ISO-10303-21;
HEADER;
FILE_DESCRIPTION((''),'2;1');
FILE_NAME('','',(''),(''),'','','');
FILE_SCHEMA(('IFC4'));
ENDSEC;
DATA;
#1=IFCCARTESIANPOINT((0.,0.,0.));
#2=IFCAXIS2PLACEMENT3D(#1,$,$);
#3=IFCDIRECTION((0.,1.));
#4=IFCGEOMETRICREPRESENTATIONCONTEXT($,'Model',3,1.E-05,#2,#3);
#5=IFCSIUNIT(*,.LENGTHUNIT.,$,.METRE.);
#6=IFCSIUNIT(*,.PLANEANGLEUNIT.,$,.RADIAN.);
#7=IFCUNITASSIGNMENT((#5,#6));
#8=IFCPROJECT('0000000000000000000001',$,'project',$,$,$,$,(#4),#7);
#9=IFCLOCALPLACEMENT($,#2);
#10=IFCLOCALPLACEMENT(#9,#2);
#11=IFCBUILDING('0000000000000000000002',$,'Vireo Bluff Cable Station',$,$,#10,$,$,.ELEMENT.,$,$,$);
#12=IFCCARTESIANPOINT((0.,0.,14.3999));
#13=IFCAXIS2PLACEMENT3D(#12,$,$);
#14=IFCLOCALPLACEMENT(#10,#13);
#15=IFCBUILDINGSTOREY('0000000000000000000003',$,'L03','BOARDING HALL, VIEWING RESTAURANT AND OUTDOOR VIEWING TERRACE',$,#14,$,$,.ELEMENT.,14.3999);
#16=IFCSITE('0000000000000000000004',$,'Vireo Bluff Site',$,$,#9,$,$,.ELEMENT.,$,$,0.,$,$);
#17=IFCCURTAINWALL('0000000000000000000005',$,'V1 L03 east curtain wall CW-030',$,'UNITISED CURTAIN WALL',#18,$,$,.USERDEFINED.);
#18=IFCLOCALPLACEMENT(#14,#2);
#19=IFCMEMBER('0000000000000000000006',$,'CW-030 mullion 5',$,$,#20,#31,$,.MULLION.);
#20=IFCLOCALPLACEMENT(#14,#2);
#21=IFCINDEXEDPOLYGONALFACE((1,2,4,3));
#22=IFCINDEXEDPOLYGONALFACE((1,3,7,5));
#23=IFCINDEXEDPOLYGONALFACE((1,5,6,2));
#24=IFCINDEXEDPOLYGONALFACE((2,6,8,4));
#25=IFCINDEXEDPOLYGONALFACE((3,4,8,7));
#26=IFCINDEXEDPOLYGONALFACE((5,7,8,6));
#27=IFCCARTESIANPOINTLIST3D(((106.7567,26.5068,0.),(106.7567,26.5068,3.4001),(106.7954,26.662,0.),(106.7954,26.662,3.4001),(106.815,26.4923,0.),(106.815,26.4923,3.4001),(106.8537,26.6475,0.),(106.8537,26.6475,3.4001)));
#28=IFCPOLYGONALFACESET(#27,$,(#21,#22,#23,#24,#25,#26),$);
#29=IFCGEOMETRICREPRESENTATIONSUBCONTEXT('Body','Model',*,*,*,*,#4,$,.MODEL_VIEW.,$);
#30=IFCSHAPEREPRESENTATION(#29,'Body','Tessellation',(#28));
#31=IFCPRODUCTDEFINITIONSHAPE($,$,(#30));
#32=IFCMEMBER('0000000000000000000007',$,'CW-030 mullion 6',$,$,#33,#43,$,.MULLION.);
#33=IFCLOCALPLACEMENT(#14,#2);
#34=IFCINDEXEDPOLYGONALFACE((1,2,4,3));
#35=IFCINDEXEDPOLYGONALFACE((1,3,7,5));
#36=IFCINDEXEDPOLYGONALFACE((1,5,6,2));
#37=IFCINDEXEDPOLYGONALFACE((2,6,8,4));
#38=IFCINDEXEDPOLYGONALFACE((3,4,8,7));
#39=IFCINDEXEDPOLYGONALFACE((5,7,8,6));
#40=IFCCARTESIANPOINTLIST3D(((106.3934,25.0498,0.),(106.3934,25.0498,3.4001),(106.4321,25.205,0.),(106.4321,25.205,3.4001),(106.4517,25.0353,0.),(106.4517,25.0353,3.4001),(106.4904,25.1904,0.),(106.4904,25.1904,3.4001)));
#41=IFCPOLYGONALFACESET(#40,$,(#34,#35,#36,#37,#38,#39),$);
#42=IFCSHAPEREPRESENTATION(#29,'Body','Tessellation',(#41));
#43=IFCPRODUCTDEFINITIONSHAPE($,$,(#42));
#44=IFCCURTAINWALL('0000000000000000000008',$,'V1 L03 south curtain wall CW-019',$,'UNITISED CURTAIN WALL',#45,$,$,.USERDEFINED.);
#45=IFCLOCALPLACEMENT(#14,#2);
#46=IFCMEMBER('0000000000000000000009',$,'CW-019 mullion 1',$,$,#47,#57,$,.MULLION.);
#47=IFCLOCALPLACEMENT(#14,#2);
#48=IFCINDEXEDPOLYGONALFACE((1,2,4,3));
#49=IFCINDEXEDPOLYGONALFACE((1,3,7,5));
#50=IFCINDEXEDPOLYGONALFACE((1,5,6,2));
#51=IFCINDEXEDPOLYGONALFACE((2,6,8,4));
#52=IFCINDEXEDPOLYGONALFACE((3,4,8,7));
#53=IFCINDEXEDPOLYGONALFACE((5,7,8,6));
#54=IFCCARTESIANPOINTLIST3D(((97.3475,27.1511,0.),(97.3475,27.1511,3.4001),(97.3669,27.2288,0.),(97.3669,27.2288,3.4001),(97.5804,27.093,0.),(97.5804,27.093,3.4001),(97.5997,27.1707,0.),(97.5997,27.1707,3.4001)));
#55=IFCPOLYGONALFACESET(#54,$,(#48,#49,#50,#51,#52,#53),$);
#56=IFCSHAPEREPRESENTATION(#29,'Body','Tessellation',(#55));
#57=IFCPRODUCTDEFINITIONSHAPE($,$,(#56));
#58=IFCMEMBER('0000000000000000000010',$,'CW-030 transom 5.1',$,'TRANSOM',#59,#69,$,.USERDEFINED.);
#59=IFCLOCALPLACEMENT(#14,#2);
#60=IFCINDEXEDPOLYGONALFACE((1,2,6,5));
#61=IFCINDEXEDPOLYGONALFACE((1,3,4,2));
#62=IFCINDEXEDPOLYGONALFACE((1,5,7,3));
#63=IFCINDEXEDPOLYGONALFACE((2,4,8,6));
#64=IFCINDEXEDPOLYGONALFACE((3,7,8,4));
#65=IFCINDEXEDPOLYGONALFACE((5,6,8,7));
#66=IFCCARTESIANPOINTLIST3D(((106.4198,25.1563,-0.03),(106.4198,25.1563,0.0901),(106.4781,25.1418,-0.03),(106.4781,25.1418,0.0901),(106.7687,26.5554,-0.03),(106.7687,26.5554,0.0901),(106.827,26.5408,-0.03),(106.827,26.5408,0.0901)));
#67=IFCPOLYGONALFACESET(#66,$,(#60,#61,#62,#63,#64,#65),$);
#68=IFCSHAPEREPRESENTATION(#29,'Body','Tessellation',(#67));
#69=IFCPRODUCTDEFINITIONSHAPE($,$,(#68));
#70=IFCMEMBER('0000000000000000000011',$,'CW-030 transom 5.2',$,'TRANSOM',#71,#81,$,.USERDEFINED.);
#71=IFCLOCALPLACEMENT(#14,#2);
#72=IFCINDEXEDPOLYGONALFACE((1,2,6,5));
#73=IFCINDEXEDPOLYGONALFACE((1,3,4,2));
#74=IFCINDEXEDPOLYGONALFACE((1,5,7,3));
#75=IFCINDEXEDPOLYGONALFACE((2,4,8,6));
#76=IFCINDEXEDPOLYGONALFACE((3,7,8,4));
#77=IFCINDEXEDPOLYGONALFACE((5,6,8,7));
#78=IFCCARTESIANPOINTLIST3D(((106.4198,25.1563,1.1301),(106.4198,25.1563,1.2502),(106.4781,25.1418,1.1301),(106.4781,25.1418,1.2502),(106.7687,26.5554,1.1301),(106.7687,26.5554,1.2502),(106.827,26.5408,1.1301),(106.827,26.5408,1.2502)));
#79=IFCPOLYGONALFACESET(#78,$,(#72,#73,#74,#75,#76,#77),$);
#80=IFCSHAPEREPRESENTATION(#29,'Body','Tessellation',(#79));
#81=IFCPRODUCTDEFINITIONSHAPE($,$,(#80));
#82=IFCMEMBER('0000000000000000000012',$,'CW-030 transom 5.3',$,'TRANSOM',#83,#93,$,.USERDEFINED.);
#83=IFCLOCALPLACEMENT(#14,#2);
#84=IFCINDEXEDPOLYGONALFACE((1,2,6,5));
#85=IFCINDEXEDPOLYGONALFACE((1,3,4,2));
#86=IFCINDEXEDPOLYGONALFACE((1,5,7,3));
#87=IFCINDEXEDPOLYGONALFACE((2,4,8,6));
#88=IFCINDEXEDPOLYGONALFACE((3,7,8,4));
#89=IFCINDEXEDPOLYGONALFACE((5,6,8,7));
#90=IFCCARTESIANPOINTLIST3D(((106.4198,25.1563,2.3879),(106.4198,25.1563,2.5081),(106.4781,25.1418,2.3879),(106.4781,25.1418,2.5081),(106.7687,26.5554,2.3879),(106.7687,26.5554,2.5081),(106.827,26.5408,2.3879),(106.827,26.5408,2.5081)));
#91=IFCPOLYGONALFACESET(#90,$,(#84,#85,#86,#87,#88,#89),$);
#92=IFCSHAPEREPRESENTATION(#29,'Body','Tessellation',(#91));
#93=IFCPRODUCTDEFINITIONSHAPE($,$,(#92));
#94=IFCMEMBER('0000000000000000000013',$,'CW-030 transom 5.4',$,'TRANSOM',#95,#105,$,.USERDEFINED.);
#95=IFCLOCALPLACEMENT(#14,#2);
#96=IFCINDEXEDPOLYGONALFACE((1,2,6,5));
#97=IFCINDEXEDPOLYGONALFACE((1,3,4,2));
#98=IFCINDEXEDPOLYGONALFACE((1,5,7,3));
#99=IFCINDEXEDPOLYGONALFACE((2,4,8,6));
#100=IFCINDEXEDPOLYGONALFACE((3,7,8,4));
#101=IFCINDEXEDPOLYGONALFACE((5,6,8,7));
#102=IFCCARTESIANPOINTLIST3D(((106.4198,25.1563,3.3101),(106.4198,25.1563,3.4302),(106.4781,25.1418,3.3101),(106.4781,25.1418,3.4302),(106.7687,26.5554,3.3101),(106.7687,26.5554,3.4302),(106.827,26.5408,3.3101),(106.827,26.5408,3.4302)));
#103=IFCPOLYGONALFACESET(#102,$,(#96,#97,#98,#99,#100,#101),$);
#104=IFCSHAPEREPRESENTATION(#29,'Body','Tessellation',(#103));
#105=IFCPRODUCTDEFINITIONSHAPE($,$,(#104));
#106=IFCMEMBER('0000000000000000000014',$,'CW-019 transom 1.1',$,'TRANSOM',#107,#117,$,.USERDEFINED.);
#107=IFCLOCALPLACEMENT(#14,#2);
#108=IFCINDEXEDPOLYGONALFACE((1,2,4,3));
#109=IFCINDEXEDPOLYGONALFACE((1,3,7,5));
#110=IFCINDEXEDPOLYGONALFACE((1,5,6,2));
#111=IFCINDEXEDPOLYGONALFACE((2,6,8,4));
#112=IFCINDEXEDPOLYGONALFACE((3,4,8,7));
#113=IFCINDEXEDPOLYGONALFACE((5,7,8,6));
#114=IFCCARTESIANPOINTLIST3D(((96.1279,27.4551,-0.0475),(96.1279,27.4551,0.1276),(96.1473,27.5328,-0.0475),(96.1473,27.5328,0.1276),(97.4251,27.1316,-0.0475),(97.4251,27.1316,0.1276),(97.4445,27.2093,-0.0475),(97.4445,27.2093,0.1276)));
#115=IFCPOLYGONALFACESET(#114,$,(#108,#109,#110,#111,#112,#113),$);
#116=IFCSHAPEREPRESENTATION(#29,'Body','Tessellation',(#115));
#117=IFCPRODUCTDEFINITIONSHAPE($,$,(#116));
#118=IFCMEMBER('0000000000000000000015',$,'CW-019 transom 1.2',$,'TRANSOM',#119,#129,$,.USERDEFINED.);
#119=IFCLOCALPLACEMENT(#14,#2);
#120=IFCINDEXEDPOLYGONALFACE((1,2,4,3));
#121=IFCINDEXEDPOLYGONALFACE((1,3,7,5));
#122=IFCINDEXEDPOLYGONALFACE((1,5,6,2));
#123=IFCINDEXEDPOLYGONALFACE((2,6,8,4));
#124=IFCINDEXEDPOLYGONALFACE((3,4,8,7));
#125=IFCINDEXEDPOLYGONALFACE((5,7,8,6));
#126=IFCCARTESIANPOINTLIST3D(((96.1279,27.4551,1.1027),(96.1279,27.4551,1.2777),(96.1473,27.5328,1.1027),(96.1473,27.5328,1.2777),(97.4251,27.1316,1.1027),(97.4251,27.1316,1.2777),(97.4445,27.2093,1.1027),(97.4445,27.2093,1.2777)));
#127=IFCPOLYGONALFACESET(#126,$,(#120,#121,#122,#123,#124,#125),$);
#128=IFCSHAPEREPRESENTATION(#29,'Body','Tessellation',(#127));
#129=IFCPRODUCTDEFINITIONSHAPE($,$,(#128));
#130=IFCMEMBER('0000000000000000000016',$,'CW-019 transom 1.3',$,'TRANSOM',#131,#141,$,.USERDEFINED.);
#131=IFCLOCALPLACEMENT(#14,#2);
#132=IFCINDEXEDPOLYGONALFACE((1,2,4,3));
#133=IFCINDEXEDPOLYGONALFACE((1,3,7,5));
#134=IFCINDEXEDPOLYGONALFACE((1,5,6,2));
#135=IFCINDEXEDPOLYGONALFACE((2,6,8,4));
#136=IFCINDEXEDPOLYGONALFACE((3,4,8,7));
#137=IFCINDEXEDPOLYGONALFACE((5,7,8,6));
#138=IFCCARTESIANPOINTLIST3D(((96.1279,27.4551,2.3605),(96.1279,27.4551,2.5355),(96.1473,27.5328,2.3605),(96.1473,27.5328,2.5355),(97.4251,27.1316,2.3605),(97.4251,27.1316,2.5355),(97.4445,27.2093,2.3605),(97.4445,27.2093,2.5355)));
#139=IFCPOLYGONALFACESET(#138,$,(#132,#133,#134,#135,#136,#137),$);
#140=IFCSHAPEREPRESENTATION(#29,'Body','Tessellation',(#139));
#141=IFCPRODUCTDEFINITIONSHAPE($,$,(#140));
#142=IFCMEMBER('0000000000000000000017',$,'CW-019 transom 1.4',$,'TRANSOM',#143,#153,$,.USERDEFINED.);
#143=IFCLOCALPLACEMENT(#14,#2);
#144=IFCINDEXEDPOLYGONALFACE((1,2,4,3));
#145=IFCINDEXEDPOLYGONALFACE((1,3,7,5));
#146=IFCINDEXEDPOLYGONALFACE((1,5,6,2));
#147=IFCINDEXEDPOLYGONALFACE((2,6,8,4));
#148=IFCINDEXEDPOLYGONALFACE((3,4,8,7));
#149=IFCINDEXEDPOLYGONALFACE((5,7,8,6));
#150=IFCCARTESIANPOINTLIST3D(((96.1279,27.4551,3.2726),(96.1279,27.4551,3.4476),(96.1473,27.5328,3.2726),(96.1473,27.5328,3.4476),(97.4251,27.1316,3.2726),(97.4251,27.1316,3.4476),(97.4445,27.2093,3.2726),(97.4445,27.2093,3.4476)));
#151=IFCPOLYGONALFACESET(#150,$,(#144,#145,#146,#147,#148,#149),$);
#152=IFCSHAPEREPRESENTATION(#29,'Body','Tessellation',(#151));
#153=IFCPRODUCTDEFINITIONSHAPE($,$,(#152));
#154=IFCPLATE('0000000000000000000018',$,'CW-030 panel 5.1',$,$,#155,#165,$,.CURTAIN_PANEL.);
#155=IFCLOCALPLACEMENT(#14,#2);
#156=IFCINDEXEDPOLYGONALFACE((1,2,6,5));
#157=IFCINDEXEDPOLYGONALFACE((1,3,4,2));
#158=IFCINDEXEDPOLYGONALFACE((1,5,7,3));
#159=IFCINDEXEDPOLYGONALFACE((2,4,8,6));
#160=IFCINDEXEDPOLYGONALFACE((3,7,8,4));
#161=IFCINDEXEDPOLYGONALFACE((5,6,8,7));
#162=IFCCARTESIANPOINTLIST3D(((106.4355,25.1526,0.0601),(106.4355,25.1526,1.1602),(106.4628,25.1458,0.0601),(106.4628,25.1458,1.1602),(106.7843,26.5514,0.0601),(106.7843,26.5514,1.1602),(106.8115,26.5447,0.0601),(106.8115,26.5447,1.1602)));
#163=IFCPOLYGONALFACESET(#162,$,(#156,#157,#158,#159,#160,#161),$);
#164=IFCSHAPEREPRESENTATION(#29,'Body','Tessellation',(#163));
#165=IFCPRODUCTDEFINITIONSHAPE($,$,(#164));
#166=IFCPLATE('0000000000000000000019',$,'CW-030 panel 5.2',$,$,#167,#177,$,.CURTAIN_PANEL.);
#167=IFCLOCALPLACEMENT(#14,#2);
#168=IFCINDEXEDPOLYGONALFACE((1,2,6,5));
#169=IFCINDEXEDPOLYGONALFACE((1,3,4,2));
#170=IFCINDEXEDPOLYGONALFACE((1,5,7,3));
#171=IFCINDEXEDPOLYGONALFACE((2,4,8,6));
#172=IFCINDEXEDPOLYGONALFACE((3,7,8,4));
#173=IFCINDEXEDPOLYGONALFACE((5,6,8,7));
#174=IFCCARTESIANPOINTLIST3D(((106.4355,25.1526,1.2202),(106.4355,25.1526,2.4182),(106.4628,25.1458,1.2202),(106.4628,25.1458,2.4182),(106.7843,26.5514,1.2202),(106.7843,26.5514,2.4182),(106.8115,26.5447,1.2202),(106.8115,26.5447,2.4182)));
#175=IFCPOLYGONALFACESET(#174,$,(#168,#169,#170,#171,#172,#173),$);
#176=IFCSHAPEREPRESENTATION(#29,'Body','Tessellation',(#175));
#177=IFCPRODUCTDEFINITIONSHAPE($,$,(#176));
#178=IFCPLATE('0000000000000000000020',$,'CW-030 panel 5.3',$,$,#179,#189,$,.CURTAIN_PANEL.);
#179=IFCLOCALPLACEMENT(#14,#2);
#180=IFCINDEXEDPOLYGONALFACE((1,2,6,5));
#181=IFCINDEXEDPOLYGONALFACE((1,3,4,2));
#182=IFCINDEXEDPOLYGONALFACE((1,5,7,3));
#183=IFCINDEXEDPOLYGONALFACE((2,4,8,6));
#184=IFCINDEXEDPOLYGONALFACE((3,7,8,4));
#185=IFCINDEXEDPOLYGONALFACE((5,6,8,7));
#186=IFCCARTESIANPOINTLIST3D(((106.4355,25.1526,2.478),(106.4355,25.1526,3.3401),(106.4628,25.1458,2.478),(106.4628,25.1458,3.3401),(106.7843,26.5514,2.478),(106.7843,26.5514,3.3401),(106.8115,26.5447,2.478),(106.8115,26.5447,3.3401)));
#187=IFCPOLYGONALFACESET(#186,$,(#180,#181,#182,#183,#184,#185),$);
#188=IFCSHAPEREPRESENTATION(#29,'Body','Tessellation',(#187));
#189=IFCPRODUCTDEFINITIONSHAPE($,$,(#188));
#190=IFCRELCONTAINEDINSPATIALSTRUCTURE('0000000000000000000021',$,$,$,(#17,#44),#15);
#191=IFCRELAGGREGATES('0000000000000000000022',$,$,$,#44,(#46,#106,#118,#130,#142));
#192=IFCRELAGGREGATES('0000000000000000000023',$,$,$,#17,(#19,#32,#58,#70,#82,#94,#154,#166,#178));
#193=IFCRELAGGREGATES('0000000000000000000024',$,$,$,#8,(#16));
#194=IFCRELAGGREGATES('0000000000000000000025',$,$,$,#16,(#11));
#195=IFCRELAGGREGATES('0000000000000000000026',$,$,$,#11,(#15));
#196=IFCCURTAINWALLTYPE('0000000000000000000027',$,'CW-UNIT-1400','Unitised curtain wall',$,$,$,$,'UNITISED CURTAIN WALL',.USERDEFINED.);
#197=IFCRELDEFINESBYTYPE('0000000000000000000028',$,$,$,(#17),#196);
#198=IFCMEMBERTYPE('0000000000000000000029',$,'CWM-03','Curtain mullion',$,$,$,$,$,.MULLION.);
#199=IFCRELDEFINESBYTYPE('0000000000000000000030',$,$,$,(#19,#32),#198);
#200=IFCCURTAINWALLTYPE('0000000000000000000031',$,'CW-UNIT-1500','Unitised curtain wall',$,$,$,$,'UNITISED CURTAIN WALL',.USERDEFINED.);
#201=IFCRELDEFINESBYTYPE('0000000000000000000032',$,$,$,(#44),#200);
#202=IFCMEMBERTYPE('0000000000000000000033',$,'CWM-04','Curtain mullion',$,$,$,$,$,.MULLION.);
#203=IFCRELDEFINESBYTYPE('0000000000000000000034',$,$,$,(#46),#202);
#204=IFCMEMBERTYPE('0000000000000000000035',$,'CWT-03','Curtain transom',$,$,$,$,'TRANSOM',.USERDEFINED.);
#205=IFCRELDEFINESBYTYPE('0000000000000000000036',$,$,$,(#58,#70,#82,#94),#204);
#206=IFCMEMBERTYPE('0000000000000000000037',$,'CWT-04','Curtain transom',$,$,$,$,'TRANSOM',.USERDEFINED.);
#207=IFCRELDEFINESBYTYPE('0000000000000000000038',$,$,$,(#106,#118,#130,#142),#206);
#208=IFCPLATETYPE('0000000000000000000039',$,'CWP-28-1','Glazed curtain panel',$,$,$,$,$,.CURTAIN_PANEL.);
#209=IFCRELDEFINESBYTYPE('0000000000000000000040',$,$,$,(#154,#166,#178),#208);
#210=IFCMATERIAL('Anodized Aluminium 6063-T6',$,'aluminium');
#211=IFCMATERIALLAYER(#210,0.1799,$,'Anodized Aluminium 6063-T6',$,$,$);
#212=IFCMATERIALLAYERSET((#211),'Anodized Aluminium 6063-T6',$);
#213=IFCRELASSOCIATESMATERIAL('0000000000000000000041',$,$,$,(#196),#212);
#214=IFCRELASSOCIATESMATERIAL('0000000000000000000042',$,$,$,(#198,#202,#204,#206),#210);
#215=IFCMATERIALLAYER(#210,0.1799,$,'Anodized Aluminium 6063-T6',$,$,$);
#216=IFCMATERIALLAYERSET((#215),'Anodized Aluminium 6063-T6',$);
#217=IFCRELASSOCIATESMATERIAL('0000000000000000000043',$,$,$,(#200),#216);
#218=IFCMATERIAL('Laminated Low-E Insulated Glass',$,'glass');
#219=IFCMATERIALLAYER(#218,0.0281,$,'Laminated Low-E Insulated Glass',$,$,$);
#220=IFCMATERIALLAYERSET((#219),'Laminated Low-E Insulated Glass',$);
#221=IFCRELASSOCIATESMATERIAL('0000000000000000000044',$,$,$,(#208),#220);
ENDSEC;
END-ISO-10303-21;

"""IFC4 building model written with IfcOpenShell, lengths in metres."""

from ifc_helpers import new_model, si_unit, direction, frame, origin, origin_2d, place, context, subcontext, project, spatial, rectangle, extrude, material, layer, layer_set, material_profile, profile_set, type_object, element, aggregate, save


model = new_model("IFC4")

# Units and contexts
model_context = context("Model", 3, precision=1e-05, world=origin(), true_north=direction((0.0, 1.0)))
body_context = subcontext(model_context, "Body", "Model", "MODEL_VIEW")
ifc_project = project(units=[si_unit("LENGTHUNIT", "METRE"), si_unit("PLANEANGLEUNIT", "RADIAN")], contexts=[model_context])

# Site, building, storey
site_placement = place(None, origin())
site = spatial("IfcSite", under=ifc_project, at=site_placement, Name="Vireo Bluff Site", CompositionType="ELEMENT", RefElevation=0.0)
building_placement = place(site_placement, origin())
building = spatial("IfcBuilding", under=site, at=building_placement, Name="Vireo Bluff Cable Station", CompositionType="ELEMENT")
storey_placement = place(building_placement, frame((0.0, 0.0, 14.3999)))
storey = spatial("IfcBuildingStorey", under=building, at=storey_placement, Name="L03", Description="BOARDING HALL, VIEWING RESTAURANT AND OUTDOOR VIEWING TERRACE", CompositionType="ELEMENT", Elevation=14.3999)

# Curtain wall, members
ifc_material_1 = material(Name="Anodized Aluminium 6063-T6", Category="aluminium")
ifc_layer_1 = layer(ifc_material_1, 0.1799, Name="Anodized Aluminium 6063-T6")
ifc_layer_set_1 = layer_set([ifc_layer_1], Name="Anodized Aluminium 6063-T6")
curtain_wall_type_1 = type_object("IfcCurtainWallType", Name="CW-UNIT-1400", Description="Unitised curtain wall", ElementType="UNITISED CURTAIN WALL", PredefinedType="USERDEFINED", material=ifc_layer_set_1)
curtain_wall_1_placement = place(storey_placement, origin())
curtain_wall_1 = element("IfcCurtainWall", 1, at=curtain_wall_1_placement, inside=storey, type_object=curtain_wall_type_1, Name="V1 L03 east curtain wall CW-030", ObjectType="UNITISED CURTAIN WALL", PredefinedType="USERDEFINED")
ifc_material_profile_1 = material_profile(ifc_material_1, rectangle(XDim=0.0601, YDim=0.1599, at=origin_2d()), Name="ALU-M-60X160")
ifc_profile_set_1 = profile_set([ifc_material_profile_1], Name="Anodized Aluminium 6063-T6")
member_type_1 = type_object("IfcMemberType", Name="CWM-03", Description="Curtain mullion", PredefinedType="MULLION", material=ifc_profile_set_1)
member_1_placement = place(storey_placement, frame((106.8052, 26.5771, 0.0), z_axis=(0.0, 0.0, 1.0), x_axis=(0.970296, -0.241922, 0.0)))
member_1 = element("IfcMember", 2, at=member_1_placement, type_object=member_type_1, Name="CW-030 mullion 5", PredefinedType="MULLION", context=body_context, shape_type="SweptSolid", body=[
    extrude(rectangle(XDim=0.0601, YDim=0.1599, at=origin_2d()), origin(), (0.0, 0.0, 1.0), 3.4001),
])
member_2_placement = place(storey_placement, frame((106.4419, 25.1201, 0.0), z_axis=(0.0, 0.0, 1.0), x_axis=(0.970296, -0.241922, 0.0)))
member_2 = element("IfcMember", 3, at=member_2_placement, type_object=member_type_1, Name="CW-030 mullion 6", PredefinedType="MULLION", context=body_context, shape_type="SweptSolid", body=[
    extrude(rectangle(XDim=0.0601, YDim=0.1599, at=origin_2d()), origin(), (0.0, 0.0, 1.0), 3.4001),
])

# Curtain wall, member
ifc_layer_2 = layer(ifc_material_1, 0.1799, Name="Anodized Aluminium 6063-T6")
ifc_layer_set_2 = layer_set([ifc_layer_2], Name="Anodized Aluminium 6063-T6")
curtain_wall_type_2 = type_object("IfcCurtainWallType", Name="CW-UNIT-1500", Description="Unitised curtain wall", ElementType="UNITISED CURTAIN WALL", PredefinedType="USERDEFINED", material=ifc_layer_set_2)
curtain_wall_2_placement = place(storey_placement, origin())
curtain_wall_2 = element("IfcCurtainWall", 4, at=curtain_wall_2_placement, inside=storey, type_object=curtain_wall_type_2, Name="V1 L03 south curtain wall CW-019", ObjectType="UNITISED CURTAIN WALL", PredefinedType="USERDEFINED")
ifc_material_profile_2 = material_profile(ifc_material_1, rectangle(XDim=0.0801, YDim=0.24, at=origin_2d()), Name="ALU-M-80X240")
ifc_profile_set_2 = profile_set([ifc_material_profile_2], Name="Anodized Aluminium 6063-T6")
member_type_2 = type_object("IfcMemberType", Name="CWM-04", Description="Curtain mullion", PredefinedType="MULLION", material=ifc_profile_set_2)
member_3_placement = place(storey_placement, frame((97.4736, 27.1609, 0.0), z_axis=(0.0, 0.0, 1.0), x_axis=(-0.241922, -0.970296, 0.0)))
member_3 = element("IfcMember", 5, at=member_3_placement, type_object=member_type_2, Name="CW-019 mullion 1", PredefinedType="MULLION", context=body_context, shape_type="SweptSolid", body=[
    extrude(rectangle(XDim=0.0801, YDim=0.24, at=origin_2d()), origin(), (0.0, 0.0, 1.0), 3.4001),
])

# Members
ifc_material_profile_3 = material_profile(ifc_material_1, rectangle(XDim=0.0601, YDim=0.1201, at=origin_2d()), Name="ALU-T-60X120")
ifc_profile_set_3 = profile_set([ifc_material_profile_3], Name="Anodized Aluminium 6063-T6")
member_type_3 = type_object("IfcMemberType", Name="CWT-03", Description="Curtain transom", ElementType="TRANSOM", PredefinedType="USERDEFINED", material=ifc_profile_set_3)
member_4_placement = place(storey_placement, frame((106.7979, 26.5481, 0.03), z_axis=(-0.241978, -0.970282, 0.0), x_axis=(0.970282, -0.241978, 0.0)))
member_4 = element("IfcMember", 6, at=member_4_placement, type_object=member_type_3, Name="CW-030 transom 5.1", ObjectType="TRANSOM", PredefinedType="USERDEFINED", context=body_context, shape_type="SweptSolid", body=[
    extrude(rectangle(XDim=0.0601, YDim=0.1201, at=origin_2d()), origin(), (0.0, 0.0, 1.0), 1.4419),
])
member_5_placement = place(storey_placement, frame((106.7979, 26.5481, 1.1902), z_axis=(-0.241978, -0.970282, 0.0), x_axis=(0.970282, -0.241978, 0.0)))
member_5 = element("IfcMember", 7, at=member_5_placement, type_object=member_type_3, Name="CW-030 transom 5.2", ObjectType="TRANSOM", PredefinedType="USERDEFINED", context=body_context, shape_type="SweptSolid", body=[
    extrude(rectangle(XDim=0.0601, YDim=0.1201, at=origin_2d()), origin(), (0.0, 0.0, 1.0), 1.4419),
])
member_6_placement = place(storey_placement, frame((106.7979, 26.5481, 2.448), z_axis=(-0.241978, -0.970282, 0.0), x_axis=(0.970282, -0.241978, 0.0)))
member_6 = element("IfcMember", 8, at=member_6_placement, type_object=member_type_3, Name="CW-030 transom 5.3", ObjectType="TRANSOM", PredefinedType="USERDEFINED", context=body_context, shape_type="SweptSolid", body=[
    extrude(rectangle(XDim=0.0601, YDim=0.1201, at=origin_2d()), origin(), (0.0, 0.0, 1.0), 1.4419),
])
member_7_placement = place(storey_placement, frame((106.7979, 26.5481, 3.3701), z_axis=(-0.241978, -0.970282, 0.0), x_axis=(0.970282, -0.241978, 0.0)))
member_7 = element("IfcMember", 9, at=member_7_placement, type_object=member_type_3, Name="CW-030 transom 5.4", ObjectType="TRANSOM", PredefinedType="USERDEFINED", context=body_context, shape_type="SweptSolid", body=[
    extrude(rectangle(XDim=0.0601, YDim=0.1201, at=origin_2d()), origin(), (0.0, 0.0, 1.0), 1.4419),
])
ifc_material_profile_4 = material_profile(ifc_material_1, rectangle(XDim=0.0801, YDim=0.175, at=origin_2d()), Name="ALU-T-80X175")
ifc_profile_set_4 = profile_set([ifc_material_profile_4], Name="Anodized Aluminium 6063-T6")
member_type_4 = type_object("IfcMemberType", Name="CWT-04", Description="Curtain transom", ElementType="TRANSOM", PredefinedType="USERDEFINED", material=ifc_profile_set_4)
member_8_placement = place(storey_placement, frame((97.4348, 27.1704, 0.04), z_axis=(-0.970282, 0.241977, 0.0), x_axis=(-0.241977, -0.970282, 0.0)))
member_8 = element("IfcMember", 10, at=member_8_placement, type_object=member_type_4, Name="CW-019 transom 1.1", ObjectType="TRANSOM", PredefinedType="USERDEFINED", context=body_context, shape_type="SweptSolid", body=[
    extrude(rectangle(XDim=0.0801, YDim=0.175, at=origin_2d()), origin(), (0.0, 0.0, 1.0), 1.3369),
])
member_9_placement = place(storey_placement, frame((97.4348, 27.1704, 1.1902), z_axis=(-0.970282, 0.241977, 0.0), x_axis=(-0.241977, -0.970282, 0.0)))
member_9 = element("IfcMember", 11, at=member_9_placement, type_object=member_type_4, Name="CW-019 transom 1.2", ObjectType="TRANSOM", PredefinedType="USERDEFINED", context=body_context, shape_type="SweptSolid", body=[
    extrude(rectangle(XDim=0.0801, YDim=0.175, at=origin_2d()), origin(), (0.0, 0.0, 1.0), 1.3369),
])
member_10_placement = place(storey_placement, frame((97.4348, 27.1704, 2.448), z_axis=(-0.970282, 0.241977, 0.0), x_axis=(-0.241977, -0.970282, 0.0)))
member_10 = element("IfcMember", 12, at=member_10_placement, type_object=member_type_4, Name="CW-019 transom 1.3", ObjectType="TRANSOM", PredefinedType="USERDEFINED", context=body_context, shape_type="SweptSolid", body=[
    extrude(rectangle(XDim=0.0801, YDim=0.175, at=origin_2d()), origin(), (0.0, 0.0, 1.0), 1.3369),
])
member_11_placement = place(storey_placement, frame((97.4348, 27.1704, 3.3601), z_axis=(-0.970282, 0.241977, 0.0), x_axis=(-0.241977, -0.970282, 0.0)))
member_11 = element("IfcMember", 13, at=member_11_placement, type_object=member_type_4, Name="CW-019 transom 1.4", ObjectType="TRANSOM", PredefinedType="USERDEFINED", context=body_context, shape_type="SweptSolid", body=[
    extrude(rectangle(XDim=0.0801, YDim=0.175, at=origin_2d()), origin(), (0.0, 0.0, 1.0), 1.3369),
])
aggregate(curtain_wall_2, [member_3, member_8, member_9, member_10, member_11])

# Plates
ifc_material_2 = material(Name="Laminated Low-E Insulated Glass", Category="glass")
ifc_layer_3 = layer(ifc_material_2, 0.0281, Name="Laminated Low-E Insulated Glass")
ifc_layer_set_3 = layer_set([ifc_layer_3], Name="Laminated Low-E Insulated Glass")
plate_type_1 = type_object("IfcPlateType", Name="CWP-28-1", Description="Glazed curtain panel", PredefinedType="CURTAIN_PANEL", material=ifc_layer_set_3)
plate_1_placement = place(storey_placement, frame((106.6235, 25.8486, 0.0601), z_axis=(0.0, 0.0, 1.0), x_axis=(-0.241922, -0.970296, 0.0)))
plate_1 = element("IfcPlate", 14, at=plate_1_placement, type_object=plate_type_1, Name="CW-030 panel 5.1", PredefinedType="CURTAIN_PANEL", context=body_context, shape_type="SweptSolid", body=[
    extrude(rectangle(XDim=1.4417, YDim=0.0281, at=origin_2d()), origin(), (0.0, 0.0, 1.0), 1.1001),
])
plate_2_placement = place(storey_placement, frame((106.6235, 25.8486, 1.2202), z_axis=(0.0, 0.0, 1.0), x_axis=(-0.241922, -0.970296, 0.0)))
plate_2 = element("IfcPlate", 15, at=plate_2_placement, type_object=plate_type_1, Name="CW-030 panel 5.2", PredefinedType="CURTAIN_PANEL", context=body_context, shape_type="SweptSolid", body=[
    extrude(rectangle(XDim=1.4417, YDim=0.0281, at=origin_2d()), origin(), (0.0, 0.0, 1.0), 1.198),
])
plate_3_placement = place(storey_placement, frame((106.6235, 25.8486, 2.478), z_axis=(0.0, 0.0, 1.0), x_axis=(-0.241922, -0.970296, 0.0)))
plate_3 = element("IfcPlate", 16, at=plate_3_placement, type_object=plate_type_1, Name="CW-030 panel 5.3", PredefinedType="CURTAIN_PANEL", context=body_context, shape_type="SweptSolid", body=[
    extrude(rectangle(XDim=1.4417, YDim=0.0281, at=origin_2d()), origin(), (0.0, 0.0, 1.0), 0.8621),
])
aggregate(curtain_wall_1, [member_1, member_2, member_4, member_5, member_6, member_7, plate_1, plate_2, plate_3])

save(model, "model.ifc")
